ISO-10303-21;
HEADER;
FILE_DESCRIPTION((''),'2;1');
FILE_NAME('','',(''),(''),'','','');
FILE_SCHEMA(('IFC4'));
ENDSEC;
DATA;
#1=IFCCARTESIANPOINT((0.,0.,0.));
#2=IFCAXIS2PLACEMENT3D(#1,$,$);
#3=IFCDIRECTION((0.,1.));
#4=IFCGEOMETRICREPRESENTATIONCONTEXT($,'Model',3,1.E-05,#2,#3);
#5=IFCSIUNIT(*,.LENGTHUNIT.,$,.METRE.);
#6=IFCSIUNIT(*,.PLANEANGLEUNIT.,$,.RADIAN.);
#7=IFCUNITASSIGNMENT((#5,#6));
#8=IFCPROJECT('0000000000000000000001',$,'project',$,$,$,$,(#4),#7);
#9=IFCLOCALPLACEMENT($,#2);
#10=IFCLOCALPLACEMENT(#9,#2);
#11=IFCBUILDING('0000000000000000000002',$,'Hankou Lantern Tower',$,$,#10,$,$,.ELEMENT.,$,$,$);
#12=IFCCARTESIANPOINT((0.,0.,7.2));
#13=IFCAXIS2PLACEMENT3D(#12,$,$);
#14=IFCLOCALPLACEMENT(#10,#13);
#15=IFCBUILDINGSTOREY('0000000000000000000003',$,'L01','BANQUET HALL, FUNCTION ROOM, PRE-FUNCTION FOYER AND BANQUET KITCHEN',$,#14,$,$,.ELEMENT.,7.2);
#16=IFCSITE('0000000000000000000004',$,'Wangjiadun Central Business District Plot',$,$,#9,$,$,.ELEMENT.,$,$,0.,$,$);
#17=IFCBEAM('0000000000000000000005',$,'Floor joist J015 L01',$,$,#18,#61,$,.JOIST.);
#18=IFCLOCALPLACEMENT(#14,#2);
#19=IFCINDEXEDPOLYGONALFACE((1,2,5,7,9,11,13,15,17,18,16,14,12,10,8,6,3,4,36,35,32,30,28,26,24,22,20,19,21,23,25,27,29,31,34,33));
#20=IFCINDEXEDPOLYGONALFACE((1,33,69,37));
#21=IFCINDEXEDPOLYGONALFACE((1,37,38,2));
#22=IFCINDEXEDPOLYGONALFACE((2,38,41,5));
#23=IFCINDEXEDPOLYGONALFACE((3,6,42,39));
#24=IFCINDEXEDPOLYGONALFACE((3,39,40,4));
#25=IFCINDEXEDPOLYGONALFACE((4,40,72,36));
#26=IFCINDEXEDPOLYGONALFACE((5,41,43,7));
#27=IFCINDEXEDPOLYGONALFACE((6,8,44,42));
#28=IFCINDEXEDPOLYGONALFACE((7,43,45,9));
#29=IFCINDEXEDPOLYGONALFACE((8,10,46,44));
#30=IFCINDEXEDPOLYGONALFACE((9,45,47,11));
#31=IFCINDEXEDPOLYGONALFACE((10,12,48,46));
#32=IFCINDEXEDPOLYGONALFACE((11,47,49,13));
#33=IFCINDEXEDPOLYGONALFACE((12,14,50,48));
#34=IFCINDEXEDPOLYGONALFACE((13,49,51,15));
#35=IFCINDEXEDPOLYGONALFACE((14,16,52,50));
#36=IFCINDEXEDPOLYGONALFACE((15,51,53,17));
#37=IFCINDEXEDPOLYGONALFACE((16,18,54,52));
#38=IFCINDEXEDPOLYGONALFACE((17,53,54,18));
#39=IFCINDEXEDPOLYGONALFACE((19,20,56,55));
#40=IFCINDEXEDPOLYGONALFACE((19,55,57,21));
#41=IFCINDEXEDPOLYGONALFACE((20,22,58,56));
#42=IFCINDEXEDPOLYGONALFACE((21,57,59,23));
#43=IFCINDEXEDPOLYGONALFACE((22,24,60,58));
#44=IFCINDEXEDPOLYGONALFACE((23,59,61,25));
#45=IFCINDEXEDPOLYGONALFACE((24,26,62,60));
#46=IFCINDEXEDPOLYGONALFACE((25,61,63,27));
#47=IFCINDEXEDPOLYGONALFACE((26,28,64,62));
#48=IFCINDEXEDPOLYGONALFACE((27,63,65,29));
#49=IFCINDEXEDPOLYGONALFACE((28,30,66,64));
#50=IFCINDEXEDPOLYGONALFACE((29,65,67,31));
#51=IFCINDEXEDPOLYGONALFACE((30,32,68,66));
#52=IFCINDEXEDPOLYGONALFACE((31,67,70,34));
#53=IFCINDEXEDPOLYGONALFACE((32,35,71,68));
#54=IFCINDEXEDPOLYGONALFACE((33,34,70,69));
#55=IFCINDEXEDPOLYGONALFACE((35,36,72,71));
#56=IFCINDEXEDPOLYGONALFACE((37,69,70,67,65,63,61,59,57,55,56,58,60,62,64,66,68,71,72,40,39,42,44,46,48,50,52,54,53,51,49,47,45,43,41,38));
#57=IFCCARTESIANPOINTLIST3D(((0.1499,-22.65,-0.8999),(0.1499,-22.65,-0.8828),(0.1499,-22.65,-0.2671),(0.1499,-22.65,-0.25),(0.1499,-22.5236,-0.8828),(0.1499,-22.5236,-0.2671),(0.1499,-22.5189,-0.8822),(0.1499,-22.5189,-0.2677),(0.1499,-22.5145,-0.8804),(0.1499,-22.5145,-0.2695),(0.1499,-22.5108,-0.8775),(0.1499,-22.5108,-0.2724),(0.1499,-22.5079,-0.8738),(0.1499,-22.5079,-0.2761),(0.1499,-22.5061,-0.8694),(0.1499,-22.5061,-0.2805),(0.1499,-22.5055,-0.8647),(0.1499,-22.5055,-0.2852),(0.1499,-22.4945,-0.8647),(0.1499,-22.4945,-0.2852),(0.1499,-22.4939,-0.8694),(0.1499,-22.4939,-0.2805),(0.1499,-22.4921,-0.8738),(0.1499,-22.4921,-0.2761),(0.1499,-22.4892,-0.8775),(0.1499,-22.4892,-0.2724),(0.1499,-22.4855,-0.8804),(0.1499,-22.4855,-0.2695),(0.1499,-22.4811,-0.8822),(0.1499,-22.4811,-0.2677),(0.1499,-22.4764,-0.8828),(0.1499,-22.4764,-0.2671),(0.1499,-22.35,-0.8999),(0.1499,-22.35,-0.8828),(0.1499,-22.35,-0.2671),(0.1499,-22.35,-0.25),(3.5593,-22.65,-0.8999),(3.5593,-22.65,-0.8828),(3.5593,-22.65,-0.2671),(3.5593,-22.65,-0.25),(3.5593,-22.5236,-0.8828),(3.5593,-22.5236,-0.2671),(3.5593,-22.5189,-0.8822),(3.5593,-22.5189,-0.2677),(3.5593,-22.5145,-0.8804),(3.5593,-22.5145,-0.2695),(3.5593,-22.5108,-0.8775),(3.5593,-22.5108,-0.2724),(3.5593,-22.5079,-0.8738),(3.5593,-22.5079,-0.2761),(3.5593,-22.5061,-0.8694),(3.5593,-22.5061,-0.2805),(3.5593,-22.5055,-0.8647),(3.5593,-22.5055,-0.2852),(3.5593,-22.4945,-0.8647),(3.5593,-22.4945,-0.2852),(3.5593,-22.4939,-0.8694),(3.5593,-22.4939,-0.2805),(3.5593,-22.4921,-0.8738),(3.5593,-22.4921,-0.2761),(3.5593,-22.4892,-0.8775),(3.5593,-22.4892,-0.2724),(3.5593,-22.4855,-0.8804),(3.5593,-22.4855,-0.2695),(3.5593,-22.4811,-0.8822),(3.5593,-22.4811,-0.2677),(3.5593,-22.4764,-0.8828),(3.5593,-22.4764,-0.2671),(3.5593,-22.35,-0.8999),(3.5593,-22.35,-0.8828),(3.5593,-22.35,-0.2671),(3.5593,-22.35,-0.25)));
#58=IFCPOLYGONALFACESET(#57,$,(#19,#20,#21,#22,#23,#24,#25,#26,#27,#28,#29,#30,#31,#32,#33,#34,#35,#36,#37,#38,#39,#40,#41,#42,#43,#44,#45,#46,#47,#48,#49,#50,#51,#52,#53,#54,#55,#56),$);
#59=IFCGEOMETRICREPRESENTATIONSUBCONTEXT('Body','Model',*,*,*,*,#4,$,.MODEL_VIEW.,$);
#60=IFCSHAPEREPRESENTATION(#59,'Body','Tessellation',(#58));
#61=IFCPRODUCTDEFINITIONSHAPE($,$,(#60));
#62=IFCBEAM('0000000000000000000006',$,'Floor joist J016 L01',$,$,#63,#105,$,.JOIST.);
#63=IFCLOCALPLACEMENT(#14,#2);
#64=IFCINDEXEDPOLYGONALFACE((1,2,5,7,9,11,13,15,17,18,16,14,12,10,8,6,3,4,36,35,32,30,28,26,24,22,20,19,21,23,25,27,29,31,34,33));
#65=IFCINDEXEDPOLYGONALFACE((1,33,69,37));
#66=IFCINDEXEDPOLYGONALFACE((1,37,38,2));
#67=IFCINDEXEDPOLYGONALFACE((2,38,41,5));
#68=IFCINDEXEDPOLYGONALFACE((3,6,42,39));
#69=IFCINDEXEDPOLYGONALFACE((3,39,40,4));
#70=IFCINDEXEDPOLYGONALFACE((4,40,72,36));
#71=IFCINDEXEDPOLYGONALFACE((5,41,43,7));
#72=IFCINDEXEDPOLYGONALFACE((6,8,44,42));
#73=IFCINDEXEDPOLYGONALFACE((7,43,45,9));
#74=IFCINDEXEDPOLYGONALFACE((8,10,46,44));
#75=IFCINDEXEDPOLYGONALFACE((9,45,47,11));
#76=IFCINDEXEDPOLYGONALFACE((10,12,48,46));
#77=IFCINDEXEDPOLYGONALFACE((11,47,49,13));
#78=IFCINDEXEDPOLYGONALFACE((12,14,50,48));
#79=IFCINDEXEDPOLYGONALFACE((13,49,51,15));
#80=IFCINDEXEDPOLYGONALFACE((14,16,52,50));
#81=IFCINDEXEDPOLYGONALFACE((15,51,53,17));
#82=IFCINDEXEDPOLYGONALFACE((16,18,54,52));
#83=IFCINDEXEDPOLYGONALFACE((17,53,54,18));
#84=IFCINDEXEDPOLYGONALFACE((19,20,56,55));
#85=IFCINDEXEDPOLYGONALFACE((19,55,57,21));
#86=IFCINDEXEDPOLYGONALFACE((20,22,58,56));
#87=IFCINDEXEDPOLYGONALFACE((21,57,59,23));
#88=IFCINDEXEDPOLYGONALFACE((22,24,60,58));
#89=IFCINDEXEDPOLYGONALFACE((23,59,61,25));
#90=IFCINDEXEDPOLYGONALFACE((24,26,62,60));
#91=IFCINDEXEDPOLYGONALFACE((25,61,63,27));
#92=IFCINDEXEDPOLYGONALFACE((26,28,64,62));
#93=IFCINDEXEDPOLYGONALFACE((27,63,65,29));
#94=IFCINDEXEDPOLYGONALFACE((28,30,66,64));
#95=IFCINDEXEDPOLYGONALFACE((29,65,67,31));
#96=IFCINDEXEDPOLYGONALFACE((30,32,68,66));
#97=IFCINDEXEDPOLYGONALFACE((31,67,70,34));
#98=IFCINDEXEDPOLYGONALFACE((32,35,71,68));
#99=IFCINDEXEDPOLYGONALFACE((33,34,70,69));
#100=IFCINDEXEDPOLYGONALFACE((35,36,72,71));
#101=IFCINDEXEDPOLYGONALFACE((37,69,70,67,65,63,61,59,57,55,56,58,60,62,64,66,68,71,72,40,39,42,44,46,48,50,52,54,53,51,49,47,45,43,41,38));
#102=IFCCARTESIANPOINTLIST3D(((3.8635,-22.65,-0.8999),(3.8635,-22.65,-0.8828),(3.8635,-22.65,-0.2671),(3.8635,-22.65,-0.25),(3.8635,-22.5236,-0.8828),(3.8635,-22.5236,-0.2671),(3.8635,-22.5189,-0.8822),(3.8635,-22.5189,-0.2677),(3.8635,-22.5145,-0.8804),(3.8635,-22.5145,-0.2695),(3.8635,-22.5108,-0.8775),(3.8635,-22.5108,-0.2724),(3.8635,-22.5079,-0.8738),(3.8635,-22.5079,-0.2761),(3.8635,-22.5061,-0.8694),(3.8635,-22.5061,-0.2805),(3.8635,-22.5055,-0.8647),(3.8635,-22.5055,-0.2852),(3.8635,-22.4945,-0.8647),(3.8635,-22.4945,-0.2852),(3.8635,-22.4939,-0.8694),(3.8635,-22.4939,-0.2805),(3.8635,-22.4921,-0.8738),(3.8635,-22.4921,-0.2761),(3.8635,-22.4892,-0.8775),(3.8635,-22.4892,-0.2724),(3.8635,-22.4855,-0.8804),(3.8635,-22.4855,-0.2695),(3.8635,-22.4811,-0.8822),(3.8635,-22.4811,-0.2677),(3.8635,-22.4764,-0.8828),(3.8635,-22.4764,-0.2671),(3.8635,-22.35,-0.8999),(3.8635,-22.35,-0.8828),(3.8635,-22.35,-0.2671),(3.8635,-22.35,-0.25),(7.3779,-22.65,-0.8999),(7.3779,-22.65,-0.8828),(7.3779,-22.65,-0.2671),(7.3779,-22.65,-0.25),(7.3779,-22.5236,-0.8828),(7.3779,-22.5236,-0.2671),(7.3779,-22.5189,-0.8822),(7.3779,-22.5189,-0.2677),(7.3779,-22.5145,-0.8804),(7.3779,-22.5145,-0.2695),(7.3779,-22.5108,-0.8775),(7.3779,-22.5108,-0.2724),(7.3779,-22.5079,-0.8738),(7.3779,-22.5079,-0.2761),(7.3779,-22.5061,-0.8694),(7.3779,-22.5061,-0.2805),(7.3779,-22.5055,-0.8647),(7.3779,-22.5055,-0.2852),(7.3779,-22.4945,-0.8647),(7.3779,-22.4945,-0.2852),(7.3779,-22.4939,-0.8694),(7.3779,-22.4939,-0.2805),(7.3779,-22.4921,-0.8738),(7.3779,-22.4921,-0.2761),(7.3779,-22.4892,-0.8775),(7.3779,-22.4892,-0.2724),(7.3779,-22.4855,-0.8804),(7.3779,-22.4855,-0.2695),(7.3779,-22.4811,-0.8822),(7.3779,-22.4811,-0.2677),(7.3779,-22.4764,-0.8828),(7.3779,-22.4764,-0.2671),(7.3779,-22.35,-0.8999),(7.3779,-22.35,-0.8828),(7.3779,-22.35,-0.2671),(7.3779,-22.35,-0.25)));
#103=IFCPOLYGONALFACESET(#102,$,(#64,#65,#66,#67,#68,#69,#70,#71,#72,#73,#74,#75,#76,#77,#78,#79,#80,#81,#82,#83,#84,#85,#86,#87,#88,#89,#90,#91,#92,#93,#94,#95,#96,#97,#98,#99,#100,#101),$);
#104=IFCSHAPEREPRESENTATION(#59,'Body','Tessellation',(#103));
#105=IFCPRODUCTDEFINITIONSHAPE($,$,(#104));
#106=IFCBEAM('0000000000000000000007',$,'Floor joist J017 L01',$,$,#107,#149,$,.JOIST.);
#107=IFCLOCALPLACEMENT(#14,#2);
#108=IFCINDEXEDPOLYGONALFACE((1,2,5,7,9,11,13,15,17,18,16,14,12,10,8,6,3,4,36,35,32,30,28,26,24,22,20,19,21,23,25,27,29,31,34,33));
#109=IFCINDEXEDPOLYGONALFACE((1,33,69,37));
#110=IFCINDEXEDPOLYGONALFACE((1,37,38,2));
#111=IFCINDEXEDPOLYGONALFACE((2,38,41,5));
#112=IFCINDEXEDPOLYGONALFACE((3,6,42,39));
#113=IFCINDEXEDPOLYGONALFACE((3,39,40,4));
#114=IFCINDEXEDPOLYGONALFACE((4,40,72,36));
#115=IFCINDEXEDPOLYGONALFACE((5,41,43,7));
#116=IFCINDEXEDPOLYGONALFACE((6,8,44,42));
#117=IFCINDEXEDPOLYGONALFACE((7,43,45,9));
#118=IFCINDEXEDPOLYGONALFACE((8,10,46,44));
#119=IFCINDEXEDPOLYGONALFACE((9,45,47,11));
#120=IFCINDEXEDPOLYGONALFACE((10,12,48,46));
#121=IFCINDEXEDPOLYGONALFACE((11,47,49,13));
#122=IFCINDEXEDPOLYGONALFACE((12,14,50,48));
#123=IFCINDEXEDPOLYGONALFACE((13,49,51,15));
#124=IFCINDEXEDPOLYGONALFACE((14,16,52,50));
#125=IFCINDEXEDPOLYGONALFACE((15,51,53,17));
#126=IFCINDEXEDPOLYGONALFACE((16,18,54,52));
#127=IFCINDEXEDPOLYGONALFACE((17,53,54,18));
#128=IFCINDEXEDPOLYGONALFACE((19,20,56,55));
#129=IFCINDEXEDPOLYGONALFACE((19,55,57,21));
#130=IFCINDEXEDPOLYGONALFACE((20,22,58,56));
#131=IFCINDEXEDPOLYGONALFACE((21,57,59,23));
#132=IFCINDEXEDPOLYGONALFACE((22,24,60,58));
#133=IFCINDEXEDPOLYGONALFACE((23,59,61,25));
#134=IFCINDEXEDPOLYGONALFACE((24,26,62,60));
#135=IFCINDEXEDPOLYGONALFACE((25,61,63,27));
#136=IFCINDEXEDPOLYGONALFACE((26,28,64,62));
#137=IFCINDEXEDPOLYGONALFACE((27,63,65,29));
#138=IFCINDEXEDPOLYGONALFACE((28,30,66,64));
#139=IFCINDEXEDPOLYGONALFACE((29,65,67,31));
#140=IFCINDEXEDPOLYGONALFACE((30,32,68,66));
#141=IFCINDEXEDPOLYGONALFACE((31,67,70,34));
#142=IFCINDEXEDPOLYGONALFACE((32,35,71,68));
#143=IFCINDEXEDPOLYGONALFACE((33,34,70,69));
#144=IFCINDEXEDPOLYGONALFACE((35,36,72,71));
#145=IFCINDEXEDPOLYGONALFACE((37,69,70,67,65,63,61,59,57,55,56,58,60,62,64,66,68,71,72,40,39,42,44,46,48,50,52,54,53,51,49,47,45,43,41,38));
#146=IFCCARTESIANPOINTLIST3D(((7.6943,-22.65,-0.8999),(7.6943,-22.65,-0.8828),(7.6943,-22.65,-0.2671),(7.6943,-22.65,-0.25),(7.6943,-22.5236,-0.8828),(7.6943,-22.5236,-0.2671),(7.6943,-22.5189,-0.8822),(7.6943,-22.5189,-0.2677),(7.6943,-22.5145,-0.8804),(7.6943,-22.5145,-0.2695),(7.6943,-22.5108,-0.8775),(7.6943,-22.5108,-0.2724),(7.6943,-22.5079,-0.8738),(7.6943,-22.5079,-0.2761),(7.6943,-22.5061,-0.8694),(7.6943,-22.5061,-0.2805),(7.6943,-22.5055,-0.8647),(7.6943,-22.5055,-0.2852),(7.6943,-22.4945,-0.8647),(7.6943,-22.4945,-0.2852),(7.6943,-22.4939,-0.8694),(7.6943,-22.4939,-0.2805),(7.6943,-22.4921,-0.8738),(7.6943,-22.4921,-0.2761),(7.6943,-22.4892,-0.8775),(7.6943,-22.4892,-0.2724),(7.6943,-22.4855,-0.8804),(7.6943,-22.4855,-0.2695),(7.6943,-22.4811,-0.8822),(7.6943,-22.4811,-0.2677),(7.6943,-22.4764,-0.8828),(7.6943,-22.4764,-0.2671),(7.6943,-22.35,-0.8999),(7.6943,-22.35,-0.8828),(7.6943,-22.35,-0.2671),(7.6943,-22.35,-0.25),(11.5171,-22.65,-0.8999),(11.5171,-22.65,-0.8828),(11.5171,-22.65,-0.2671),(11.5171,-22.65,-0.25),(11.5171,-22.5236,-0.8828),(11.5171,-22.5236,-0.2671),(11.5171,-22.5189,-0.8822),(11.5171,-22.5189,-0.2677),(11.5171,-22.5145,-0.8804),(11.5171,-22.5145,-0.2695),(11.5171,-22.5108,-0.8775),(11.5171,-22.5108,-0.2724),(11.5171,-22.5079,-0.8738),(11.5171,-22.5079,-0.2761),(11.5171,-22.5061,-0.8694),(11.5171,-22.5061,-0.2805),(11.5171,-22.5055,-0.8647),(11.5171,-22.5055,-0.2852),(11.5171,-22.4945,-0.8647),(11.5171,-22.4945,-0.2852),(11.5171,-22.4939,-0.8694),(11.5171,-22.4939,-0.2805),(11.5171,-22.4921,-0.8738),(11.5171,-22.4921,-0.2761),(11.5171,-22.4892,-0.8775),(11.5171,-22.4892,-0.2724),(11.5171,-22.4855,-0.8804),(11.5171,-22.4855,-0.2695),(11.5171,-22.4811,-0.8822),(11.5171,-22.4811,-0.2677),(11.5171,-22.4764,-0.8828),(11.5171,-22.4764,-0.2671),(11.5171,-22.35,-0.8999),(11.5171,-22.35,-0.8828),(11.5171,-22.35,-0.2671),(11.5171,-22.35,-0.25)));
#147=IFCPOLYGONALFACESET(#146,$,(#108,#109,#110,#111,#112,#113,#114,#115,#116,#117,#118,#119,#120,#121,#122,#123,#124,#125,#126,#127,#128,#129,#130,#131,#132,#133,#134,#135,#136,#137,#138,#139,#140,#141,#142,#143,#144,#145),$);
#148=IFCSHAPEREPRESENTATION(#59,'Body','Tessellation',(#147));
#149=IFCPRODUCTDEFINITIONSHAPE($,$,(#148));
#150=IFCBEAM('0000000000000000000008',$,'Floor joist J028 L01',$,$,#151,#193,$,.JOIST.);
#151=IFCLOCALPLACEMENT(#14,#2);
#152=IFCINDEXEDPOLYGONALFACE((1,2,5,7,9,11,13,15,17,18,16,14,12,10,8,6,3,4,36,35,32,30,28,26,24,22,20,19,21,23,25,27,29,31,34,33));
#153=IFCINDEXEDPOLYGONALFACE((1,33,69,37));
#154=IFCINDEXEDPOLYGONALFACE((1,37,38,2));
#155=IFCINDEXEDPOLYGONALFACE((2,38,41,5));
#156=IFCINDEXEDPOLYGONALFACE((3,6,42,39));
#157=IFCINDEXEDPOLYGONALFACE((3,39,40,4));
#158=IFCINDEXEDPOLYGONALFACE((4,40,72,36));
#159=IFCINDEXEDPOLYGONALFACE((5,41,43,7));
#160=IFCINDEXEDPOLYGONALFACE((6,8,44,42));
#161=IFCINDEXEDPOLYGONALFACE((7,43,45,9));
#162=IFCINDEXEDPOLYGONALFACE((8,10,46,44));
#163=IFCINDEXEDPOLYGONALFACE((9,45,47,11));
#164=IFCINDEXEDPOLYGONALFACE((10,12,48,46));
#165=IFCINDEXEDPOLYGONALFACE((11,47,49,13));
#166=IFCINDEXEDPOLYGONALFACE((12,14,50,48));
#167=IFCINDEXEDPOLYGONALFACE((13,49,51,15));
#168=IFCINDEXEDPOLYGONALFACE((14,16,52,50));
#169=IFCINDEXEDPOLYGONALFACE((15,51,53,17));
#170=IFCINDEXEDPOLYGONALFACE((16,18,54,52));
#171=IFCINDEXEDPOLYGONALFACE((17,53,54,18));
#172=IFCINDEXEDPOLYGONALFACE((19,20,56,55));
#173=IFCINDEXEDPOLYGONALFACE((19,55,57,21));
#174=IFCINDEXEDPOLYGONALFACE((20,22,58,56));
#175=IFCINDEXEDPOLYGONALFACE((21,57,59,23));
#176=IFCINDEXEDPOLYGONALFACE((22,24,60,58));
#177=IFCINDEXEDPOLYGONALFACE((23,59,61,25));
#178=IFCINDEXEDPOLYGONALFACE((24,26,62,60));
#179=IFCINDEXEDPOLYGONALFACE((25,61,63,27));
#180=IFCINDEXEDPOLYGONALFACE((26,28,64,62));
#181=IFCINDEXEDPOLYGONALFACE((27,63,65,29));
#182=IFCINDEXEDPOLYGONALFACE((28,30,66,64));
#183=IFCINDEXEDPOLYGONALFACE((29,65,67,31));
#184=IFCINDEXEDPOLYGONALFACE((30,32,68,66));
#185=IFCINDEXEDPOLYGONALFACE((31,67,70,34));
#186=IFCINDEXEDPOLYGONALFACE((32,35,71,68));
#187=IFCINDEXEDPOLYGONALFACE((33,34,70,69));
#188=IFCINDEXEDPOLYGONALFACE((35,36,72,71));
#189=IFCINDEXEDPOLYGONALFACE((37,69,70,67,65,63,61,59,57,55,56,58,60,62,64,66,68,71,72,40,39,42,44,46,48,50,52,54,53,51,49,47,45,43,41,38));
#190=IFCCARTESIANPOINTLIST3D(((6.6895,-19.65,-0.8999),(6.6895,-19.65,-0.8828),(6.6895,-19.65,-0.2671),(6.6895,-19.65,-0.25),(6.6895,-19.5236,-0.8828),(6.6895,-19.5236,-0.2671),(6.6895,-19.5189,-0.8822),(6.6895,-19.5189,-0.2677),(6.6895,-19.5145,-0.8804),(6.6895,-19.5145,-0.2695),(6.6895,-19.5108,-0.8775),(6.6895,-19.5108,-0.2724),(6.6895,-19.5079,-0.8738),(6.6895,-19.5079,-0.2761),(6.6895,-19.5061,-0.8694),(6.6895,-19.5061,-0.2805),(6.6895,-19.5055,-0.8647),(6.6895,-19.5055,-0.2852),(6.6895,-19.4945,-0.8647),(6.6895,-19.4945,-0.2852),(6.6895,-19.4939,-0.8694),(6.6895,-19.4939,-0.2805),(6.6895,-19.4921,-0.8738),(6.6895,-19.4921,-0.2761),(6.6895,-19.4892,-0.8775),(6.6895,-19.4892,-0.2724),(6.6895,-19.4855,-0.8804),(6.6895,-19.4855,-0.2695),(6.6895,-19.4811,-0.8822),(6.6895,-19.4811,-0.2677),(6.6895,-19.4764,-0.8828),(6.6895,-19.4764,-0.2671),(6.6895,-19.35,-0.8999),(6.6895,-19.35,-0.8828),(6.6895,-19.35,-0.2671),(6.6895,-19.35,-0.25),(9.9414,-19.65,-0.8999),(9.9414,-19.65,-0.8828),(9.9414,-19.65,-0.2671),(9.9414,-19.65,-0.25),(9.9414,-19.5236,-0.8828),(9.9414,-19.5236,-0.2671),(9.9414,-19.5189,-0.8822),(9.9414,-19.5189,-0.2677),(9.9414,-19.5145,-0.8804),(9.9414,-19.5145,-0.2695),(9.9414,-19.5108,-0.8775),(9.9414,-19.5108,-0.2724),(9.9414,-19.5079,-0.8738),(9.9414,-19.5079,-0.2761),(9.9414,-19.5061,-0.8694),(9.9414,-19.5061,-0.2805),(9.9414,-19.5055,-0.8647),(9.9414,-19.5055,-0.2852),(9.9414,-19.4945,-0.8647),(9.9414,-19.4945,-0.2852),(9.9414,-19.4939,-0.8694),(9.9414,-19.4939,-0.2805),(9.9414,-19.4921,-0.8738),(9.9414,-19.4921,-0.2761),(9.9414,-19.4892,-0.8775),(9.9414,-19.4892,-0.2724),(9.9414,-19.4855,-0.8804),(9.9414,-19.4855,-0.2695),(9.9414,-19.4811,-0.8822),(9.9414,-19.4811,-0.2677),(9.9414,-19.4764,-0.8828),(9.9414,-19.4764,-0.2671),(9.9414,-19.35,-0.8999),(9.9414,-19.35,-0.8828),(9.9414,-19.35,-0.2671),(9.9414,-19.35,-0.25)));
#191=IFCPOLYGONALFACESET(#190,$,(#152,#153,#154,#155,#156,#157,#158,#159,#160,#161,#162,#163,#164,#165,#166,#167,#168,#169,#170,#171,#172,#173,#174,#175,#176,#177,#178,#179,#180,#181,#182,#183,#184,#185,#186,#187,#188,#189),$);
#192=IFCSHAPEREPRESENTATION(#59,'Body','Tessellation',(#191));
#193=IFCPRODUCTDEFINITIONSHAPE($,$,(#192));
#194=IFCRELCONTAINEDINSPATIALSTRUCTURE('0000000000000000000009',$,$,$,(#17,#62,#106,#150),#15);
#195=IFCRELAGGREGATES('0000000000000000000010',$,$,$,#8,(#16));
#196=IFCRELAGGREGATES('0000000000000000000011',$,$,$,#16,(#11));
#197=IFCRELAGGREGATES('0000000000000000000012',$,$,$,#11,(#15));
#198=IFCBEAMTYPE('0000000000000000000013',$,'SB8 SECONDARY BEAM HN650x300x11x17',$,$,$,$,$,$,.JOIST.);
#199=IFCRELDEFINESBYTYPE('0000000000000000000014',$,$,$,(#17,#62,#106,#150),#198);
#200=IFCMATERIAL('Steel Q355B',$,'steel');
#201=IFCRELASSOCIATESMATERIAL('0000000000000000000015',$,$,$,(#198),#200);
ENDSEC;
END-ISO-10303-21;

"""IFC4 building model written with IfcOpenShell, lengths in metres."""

from ifc_helpers import new_model, si_unit, direction, frame, origin, origin_2d, place, context, subcontext, project, spatial, i_section, extrude, material, material_profile, profile_set, type_object, element, save


model = new_model("IFC4")

# Units and contexts
model_context = context("Model", 3, precision=1e-05, world=origin(), true_north=direction((0.0, 1.0)))
body_context = subcontext(model_context, "Body", "Model", "MODEL_VIEW")
ifc_project = project(units=[si_unit("LENGTHUNIT", "METRE"), si_unit("PLANEANGLEUNIT", "RADIAN")], contexts=[model_context])

# Site, building, storey
site_placement = place(None, origin())
site = spatial("IfcSite", under=ifc_project, at=site_placement, Name="Wangjiadun Central Business District Plot", CompositionType="ELEMENT", RefElevation=0.0)
building_placement = place(site_placement, origin())
building = spatial("IfcBuilding", under=site, at=building_placement, Name="Hankou Lantern Tower", CompositionType="ELEMENT")
storey_placement = place(building_placement, frame((0.0, 0.0, 7.2)))
storey = spatial("IfcBuildingStorey", under=building, at=storey_placement, Name="L01", Description="BANQUET HALL, FUNCTION ROOM, PRE-FUNCTION FOYER AND BANQUET KITCHEN", CompositionType="ELEMENT", Elevation=7.2)

# Beams
ifc_material_1 = material(Name="Steel Q355B", Category="steel")
ifc_material_profile_1 = material_profile(ifc_material_1, i_section(OverallWidth=0.3, OverallDepth=0.6499, WebThickness=0.011, FlangeThickness=0.0171, FilletRadius=0.0181, at=origin_2d()), Name="HN650x300x11x17")
ifc_profile_set_1 = profile_set([ifc_material_profile_1], Name="Steel Q355B")
beam_type_1 = type_object("IfcBeamType", Name="SB8 SECONDARY BEAM HN650x300x11x17", PredefinedType="JOIST", material=ifc_profile_set_1)
beam_1_placement = place(storey_placement, frame((0.1499, -22.5, -0.575), z_axis=(1.0, 0.0, 0.0), x_axis=(0.0, 1.0, 0.0)))
element("IfcBeam", 1, at=beam_1_placement, inside=storey, type_object=beam_type_1, Name="Floor joist J015 L01", PredefinedType="JOIST", context=body_context, shape_type="SweptSolid", body=[
    extrude(i_section(OverallWidth=0.3, OverallDepth=0.6499, WebThickness=0.011, FlangeThickness=0.0171, FilletRadius=0.0181, at=origin_2d()), origin(), (0.0, 0.0, 1.0), 3.4094),
])
beam_2_placement = place(storey_placement, frame((3.8635, -22.5, -0.575), z_axis=(1.0, 0.0, 0.0), x_axis=(0.0, 1.0, 0.0)))
element("IfcBeam", 2, at=beam_2_placement, inside=storey, type_object=beam_type_1, Name="Floor joist J016 L01", PredefinedType="JOIST", context=body_context, shape_type="SweptSolid", body=[
    extrude(i_section(OverallWidth=0.3, OverallDepth=0.6499, WebThickness=0.011, FlangeThickness=0.0171, FilletRadius=0.0181, at=origin_2d()), origin(), (0.0, 0.0, 1.0), 3.5144),
])
beam_3_placement = place(storey_placement, frame((7.6943, -22.5, -0.575), z_axis=(1.0, 0.0, 0.0), x_axis=(0.0, 1.0, 0.0)))
element("IfcBeam", 3, at=beam_3_placement, inside=storey, type_object=beam_type_1, Name="Floor joist J017 L01", PredefinedType="JOIST", context=body_context, shape_type="SweptSolid", body=[
    extrude(i_section(OverallWidth=0.3, OverallDepth=0.6499, WebThickness=0.011, FlangeThickness=0.0171, FilletRadius=0.0181, at=origin_2d()), origin(), (0.0, 0.0, 1.0), 3.8228),
])
beam_4_placement = place(storey_placement, frame((6.6895, -19.5, -0.575), z_axis=(1.0, 0.0, 0.0), x_axis=(0.0, 1.0, 0.0)))
element("IfcBeam", 4, at=beam_4_placement, inside=storey, type_object=beam_type_1, Name="Floor joist J028 L01", PredefinedType="JOIST", context=body_context, shape_type="SweptSolid", body=[
    extrude(i_section(OverallWidth=0.3, OverallDepth=0.6499, WebThickness=0.011, FlangeThickness=0.0171, FilletRadius=0.0181, at=origin_2d()), origin(), (0.0, 0.0, 1.0), 3.252),
])

save(model, "model.ifc")
